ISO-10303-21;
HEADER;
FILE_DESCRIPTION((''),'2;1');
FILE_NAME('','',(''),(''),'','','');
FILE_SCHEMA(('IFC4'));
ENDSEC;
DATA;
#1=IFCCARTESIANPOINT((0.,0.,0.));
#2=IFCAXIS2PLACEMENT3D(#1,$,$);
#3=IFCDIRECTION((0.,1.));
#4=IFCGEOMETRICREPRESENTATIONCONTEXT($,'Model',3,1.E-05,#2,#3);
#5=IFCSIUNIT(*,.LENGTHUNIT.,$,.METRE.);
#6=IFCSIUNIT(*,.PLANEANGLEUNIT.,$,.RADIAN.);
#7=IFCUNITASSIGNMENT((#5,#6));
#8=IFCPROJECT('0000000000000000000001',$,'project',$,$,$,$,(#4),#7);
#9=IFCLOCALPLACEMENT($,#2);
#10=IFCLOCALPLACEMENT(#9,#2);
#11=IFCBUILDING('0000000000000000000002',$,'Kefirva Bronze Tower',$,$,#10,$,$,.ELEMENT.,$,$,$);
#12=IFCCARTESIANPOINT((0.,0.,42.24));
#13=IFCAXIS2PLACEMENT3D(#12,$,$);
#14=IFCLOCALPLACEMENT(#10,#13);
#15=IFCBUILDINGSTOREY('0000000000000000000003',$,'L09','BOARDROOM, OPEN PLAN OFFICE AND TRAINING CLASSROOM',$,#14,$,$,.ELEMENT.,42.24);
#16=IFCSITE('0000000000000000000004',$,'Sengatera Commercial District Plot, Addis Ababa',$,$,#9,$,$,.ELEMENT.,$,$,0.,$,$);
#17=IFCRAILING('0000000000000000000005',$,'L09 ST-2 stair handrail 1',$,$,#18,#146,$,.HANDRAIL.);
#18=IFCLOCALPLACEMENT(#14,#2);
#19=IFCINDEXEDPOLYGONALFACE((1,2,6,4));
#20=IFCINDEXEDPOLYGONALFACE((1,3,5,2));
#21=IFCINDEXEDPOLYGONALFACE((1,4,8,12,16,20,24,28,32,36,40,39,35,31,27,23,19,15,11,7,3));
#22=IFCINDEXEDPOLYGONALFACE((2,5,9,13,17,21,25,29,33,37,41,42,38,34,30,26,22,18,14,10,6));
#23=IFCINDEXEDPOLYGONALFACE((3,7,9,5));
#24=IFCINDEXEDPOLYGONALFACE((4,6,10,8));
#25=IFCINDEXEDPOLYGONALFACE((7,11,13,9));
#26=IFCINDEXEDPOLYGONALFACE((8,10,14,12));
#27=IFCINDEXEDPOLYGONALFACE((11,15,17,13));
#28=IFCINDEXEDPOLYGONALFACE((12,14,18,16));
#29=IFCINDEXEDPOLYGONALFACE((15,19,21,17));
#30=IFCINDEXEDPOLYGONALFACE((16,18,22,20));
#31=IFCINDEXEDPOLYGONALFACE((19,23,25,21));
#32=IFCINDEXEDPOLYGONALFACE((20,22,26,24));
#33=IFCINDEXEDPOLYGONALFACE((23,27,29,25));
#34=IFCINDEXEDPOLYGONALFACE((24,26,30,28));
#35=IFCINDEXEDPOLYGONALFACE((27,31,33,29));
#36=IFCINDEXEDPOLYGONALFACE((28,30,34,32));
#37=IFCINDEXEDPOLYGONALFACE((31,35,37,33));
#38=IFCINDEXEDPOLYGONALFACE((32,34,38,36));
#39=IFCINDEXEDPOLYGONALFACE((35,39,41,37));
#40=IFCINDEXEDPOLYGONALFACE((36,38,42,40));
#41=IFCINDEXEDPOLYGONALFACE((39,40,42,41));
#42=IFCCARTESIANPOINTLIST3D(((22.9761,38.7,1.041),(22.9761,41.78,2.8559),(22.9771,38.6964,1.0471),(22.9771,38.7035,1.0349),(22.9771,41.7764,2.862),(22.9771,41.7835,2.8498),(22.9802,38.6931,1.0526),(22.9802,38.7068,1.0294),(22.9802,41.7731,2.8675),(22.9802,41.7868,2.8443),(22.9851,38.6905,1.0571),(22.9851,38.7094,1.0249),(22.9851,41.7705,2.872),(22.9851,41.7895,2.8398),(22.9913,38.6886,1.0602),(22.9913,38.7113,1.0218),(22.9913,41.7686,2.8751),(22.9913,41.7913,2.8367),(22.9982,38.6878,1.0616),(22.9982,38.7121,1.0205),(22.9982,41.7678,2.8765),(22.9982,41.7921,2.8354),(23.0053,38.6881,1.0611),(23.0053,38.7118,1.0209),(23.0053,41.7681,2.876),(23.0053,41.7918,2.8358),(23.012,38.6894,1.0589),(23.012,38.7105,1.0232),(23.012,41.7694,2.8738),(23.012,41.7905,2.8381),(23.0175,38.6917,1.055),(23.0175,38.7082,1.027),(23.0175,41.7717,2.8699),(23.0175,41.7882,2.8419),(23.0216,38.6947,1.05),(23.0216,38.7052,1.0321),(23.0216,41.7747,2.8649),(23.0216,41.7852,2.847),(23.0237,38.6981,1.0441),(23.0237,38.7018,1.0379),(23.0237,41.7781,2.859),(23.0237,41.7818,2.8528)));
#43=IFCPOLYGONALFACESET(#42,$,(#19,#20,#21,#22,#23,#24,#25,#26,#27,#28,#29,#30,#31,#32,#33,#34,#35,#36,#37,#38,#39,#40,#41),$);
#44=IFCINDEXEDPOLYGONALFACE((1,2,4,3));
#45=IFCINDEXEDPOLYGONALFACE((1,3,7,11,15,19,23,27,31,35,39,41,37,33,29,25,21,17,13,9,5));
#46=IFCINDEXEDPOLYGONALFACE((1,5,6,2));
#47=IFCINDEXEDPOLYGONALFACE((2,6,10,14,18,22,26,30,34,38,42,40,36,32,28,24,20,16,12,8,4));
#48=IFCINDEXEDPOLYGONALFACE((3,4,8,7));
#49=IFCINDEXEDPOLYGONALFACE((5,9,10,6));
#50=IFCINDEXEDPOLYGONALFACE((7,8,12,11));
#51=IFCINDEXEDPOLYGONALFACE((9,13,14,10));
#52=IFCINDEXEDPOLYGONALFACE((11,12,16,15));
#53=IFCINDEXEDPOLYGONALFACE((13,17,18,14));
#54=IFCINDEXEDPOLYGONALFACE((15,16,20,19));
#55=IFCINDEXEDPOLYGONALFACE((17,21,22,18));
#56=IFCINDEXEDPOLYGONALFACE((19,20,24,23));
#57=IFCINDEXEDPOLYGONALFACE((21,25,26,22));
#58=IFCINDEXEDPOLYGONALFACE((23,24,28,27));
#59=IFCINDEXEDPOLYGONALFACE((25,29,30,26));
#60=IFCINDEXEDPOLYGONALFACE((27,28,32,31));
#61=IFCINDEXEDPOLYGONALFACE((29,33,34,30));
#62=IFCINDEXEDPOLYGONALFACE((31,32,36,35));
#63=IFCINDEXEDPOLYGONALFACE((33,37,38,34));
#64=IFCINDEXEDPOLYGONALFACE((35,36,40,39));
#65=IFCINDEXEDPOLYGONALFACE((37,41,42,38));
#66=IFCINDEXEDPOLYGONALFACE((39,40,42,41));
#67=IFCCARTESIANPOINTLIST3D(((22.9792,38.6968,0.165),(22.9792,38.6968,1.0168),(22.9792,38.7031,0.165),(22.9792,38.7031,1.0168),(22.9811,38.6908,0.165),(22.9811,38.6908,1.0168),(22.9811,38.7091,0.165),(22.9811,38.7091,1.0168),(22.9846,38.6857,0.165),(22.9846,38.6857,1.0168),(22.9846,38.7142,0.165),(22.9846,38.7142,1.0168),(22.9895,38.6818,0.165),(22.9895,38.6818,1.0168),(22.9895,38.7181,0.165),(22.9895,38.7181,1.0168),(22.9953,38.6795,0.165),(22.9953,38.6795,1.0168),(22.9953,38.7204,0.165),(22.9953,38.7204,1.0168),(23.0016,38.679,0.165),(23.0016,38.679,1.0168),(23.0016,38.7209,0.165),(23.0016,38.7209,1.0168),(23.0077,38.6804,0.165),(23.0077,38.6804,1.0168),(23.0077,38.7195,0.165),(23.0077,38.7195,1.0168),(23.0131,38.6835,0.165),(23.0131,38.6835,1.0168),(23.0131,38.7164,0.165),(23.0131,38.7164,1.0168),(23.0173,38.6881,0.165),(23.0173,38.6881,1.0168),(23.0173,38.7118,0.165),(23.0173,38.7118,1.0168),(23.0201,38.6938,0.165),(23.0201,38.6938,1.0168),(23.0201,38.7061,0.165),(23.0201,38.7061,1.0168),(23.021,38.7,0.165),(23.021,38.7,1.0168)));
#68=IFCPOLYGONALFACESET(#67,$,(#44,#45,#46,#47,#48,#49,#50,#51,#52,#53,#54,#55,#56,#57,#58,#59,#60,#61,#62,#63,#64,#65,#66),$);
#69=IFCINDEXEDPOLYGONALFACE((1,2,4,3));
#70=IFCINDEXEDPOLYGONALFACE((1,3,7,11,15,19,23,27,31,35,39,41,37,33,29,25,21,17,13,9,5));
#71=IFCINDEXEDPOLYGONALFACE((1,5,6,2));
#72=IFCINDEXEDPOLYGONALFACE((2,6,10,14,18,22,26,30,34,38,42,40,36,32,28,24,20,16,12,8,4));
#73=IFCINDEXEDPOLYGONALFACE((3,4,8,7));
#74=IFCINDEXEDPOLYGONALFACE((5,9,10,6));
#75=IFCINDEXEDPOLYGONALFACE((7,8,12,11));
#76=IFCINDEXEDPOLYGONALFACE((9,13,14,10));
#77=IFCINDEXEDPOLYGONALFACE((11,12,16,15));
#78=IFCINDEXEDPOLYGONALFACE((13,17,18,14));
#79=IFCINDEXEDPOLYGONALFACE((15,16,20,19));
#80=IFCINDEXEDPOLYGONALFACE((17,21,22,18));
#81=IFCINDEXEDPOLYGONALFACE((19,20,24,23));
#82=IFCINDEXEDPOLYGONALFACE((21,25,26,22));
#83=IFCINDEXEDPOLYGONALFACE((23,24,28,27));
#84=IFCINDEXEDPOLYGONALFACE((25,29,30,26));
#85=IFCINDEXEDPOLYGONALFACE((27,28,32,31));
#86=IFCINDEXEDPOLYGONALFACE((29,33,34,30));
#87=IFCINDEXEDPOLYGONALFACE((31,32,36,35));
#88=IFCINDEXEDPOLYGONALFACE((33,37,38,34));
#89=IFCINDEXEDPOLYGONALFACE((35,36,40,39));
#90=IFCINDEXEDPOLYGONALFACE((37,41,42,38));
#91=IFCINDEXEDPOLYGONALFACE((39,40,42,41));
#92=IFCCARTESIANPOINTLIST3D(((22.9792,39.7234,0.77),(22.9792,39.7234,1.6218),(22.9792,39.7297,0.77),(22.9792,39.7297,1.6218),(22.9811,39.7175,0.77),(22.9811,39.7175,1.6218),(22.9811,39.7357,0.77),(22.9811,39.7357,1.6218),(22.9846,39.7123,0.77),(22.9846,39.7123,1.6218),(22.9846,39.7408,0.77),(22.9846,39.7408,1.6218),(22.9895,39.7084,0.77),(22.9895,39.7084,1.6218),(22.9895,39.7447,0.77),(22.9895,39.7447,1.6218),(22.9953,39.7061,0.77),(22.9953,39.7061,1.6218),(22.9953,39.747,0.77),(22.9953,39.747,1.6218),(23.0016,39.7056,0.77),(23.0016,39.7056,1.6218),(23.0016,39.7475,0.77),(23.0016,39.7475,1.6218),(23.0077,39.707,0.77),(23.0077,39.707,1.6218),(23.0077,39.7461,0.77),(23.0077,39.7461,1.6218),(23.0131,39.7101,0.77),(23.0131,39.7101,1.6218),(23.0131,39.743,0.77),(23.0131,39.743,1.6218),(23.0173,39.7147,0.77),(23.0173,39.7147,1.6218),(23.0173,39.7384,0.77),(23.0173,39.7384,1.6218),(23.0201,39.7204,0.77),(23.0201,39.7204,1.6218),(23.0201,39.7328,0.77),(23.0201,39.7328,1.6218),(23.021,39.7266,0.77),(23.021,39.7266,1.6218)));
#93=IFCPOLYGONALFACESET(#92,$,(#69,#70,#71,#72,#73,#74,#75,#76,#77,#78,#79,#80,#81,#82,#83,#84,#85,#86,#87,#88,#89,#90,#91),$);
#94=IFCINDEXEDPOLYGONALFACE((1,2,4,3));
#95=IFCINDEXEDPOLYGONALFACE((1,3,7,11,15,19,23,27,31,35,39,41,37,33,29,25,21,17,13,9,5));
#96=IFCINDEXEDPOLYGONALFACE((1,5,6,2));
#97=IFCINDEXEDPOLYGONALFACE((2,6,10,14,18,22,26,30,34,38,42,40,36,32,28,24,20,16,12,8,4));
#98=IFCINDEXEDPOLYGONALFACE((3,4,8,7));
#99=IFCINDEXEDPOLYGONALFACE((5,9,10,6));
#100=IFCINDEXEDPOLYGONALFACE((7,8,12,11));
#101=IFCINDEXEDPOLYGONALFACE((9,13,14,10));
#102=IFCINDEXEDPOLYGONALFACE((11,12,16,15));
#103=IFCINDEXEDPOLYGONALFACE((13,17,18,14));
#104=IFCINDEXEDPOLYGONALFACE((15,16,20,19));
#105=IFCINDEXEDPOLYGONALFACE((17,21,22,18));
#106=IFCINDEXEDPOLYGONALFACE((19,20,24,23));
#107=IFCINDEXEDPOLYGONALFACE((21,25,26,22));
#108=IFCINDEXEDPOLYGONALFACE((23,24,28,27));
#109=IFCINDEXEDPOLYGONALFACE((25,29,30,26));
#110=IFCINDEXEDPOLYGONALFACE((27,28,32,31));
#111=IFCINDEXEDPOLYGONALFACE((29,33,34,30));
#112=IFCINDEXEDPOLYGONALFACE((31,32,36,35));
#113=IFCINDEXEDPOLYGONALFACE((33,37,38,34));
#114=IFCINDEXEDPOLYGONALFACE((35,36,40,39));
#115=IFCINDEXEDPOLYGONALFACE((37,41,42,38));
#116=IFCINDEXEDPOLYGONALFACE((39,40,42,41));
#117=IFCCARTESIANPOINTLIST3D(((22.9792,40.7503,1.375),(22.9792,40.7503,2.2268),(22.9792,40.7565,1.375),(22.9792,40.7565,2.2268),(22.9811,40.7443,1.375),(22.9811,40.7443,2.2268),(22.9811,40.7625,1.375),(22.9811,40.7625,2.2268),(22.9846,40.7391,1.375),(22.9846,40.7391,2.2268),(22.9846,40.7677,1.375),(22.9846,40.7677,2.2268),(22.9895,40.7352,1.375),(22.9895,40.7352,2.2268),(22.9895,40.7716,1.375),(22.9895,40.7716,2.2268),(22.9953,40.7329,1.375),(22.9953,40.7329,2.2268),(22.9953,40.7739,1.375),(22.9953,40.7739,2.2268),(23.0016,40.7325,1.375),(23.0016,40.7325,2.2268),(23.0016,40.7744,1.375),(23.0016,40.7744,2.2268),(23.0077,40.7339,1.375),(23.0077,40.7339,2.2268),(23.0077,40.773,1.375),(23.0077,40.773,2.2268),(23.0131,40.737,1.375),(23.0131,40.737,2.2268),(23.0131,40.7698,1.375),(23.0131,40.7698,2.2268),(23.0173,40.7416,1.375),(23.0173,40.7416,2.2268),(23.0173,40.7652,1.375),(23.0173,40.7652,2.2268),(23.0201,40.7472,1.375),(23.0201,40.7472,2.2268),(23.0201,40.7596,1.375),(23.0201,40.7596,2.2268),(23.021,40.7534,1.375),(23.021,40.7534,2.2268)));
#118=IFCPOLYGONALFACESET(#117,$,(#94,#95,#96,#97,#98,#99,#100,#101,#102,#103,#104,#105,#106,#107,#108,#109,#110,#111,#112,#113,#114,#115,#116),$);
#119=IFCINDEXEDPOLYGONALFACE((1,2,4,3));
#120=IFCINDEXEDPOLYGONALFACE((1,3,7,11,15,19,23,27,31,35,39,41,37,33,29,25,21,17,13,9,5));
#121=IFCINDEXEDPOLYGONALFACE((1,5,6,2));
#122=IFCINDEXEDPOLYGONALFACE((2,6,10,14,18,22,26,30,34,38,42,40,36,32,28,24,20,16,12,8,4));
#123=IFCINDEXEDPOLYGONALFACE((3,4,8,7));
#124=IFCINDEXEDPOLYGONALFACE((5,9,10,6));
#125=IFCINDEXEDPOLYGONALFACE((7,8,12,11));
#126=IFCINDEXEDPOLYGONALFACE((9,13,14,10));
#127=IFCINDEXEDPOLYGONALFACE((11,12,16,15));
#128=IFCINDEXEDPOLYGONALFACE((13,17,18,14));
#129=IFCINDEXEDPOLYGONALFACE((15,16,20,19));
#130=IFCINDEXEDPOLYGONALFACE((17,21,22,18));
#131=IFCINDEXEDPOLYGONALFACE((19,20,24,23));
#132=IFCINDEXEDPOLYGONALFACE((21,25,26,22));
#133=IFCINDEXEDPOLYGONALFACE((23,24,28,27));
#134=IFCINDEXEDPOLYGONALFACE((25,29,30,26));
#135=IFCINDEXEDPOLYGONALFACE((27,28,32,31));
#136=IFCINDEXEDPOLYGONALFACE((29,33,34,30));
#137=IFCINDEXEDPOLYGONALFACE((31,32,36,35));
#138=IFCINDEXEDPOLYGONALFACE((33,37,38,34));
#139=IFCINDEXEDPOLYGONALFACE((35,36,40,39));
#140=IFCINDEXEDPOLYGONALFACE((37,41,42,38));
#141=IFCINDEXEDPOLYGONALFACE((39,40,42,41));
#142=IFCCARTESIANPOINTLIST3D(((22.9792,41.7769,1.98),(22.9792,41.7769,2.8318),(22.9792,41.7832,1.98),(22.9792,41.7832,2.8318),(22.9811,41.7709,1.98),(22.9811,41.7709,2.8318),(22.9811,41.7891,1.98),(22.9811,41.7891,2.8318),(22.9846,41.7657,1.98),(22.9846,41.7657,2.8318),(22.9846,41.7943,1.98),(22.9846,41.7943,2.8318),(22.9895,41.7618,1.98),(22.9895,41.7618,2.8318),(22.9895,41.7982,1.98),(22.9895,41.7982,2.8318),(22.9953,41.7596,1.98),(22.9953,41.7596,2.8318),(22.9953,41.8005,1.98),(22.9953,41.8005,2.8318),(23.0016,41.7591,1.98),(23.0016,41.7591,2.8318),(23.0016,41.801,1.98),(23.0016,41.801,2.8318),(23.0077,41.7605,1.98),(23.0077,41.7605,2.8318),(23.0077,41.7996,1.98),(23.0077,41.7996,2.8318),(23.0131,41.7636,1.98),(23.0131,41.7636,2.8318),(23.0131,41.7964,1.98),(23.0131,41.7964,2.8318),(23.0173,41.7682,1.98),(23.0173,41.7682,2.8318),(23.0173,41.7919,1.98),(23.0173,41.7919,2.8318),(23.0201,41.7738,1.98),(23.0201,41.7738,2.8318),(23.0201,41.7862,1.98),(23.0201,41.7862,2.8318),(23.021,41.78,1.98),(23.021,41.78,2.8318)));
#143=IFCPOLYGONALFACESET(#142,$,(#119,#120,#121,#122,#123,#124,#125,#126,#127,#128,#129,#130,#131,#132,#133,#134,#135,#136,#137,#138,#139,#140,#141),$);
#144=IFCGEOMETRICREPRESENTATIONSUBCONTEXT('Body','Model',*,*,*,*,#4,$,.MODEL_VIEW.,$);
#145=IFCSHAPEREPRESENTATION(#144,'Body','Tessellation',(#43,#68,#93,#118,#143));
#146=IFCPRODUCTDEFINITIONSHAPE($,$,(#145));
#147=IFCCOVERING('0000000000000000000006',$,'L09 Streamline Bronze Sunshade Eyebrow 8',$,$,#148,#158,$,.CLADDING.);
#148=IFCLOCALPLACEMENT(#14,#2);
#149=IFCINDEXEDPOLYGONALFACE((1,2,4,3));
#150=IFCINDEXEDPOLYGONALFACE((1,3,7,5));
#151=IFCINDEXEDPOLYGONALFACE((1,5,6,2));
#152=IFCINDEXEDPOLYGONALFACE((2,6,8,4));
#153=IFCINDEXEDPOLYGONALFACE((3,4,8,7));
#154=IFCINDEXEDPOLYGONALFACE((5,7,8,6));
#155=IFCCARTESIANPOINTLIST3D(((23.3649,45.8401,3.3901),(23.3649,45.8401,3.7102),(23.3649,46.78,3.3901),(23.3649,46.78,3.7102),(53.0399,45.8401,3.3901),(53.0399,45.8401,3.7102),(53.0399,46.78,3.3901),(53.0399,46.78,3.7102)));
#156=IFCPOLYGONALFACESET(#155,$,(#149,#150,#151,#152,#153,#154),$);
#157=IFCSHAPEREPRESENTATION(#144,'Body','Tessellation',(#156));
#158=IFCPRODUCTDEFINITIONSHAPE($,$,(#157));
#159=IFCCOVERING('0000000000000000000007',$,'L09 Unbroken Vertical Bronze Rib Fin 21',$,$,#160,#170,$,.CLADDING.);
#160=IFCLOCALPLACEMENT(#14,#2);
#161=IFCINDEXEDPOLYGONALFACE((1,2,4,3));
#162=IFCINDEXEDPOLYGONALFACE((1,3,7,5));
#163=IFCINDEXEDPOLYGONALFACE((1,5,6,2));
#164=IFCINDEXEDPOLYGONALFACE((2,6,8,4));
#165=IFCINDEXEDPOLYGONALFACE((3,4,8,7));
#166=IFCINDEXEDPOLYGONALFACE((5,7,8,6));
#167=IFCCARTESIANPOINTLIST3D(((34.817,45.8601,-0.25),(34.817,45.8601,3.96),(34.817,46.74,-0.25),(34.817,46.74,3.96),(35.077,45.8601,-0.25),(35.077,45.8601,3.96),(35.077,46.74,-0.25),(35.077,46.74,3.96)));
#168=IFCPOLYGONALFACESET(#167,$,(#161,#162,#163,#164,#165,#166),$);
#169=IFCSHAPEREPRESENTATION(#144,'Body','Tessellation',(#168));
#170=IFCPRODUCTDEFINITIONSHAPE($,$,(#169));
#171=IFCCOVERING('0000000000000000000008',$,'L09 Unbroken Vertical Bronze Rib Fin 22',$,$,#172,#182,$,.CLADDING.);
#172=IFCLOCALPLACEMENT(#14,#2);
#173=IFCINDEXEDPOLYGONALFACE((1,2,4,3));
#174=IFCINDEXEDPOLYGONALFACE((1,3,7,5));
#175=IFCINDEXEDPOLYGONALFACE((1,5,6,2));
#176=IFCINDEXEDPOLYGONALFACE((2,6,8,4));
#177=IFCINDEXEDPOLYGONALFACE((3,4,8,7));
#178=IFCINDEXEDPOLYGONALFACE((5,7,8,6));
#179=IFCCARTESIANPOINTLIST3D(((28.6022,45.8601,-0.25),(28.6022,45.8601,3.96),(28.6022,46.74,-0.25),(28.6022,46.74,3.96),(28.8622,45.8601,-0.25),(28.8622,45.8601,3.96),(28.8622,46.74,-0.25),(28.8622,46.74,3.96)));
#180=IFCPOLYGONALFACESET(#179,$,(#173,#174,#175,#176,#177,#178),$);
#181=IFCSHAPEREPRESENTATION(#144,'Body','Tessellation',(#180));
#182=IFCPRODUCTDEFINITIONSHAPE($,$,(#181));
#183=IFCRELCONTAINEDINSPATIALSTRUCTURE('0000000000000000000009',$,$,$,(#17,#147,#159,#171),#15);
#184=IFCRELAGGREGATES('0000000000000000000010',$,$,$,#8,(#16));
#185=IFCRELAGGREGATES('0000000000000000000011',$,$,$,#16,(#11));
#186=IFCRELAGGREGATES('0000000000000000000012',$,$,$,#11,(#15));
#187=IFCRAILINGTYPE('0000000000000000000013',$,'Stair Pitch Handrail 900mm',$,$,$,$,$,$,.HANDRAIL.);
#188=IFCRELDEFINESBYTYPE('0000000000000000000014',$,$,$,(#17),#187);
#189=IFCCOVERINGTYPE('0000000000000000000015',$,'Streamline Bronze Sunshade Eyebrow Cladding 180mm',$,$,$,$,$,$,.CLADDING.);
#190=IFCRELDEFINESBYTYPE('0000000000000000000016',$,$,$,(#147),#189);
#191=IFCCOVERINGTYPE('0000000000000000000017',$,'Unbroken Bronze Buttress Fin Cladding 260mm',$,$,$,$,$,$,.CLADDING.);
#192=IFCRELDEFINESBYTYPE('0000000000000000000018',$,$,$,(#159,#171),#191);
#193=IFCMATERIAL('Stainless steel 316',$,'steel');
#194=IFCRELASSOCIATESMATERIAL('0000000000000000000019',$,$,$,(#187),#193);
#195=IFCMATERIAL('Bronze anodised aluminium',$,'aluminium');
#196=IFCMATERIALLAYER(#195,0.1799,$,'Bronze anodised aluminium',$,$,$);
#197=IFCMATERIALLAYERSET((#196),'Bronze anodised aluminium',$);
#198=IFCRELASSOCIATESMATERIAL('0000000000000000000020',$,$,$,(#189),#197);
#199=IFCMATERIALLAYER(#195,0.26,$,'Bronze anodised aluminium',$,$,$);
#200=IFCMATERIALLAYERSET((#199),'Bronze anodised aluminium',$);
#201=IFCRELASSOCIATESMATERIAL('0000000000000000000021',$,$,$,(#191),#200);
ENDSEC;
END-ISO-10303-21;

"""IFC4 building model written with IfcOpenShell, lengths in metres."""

from ifc_helpers import new_model, si_unit, direction, frame, origin, origin_2d, place, context, subcontext, project, spatial, rectangle, circle, extrude, material, layer, layer_set, type_object, element, save


model = new_model("IFC4")

# Units and contexts
model_context = context("Model", 3, precision=1e-05, world=origin(), true_north=direction((0.0, 1.0)))
body_context = subcontext(model_context, "Body", "Model", "MODEL_VIEW")
ifc_project = project(units=[si_unit("LENGTHUNIT", "METRE"), si_unit("PLANEANGLEUNIT", "RADIAN")], contexts=[model_context])

# Site, building, storey
site_placement = place(None, origin())
site = spatial("IfcSite", under=ifc_project, at=site_placement, Name="Sengatera Commercial District Plot, Addis Ababa", CompositionType="ELEMENT", RefElevation=0.0)
building_placement = place(site_placement, origin())
building = spatial("IfcBuilding", under=site, at=building_placement, Name="Kefirva Bronze Tower", CompositionType="ELEMENT")
storey_placement = place(building_placement, frame((0.0, 0.0, 42.24)))
storey = spatial("IfcBuildingStorey", under=building, at=storey_placement, Name="L09", Description="BOARDROOM, OPEN PLAN OFFICE AND TRAINING CLASSROOM", CompositionType="ELEMENT", Elevation=42.24)

# Shared definitions
ifc_material_1 = material(Name="Bronze anodised aluminium", Category="aluminium")

# Railing
ifc_material_2 = material(Name="Stainless steel 316", Category="steel")
railing_type_1 = type_object("IfcRailingType", Name="Stair Pitch Handrail 900mm", PredefinedType="HANDRAIL", material=ifc_material_2)
railing_1_placement = place(storey_placement, frame((23.0, 38.7, 0.165)))
element("IfcRailing", 1, at=railing_1_placement, inside=storey, type_object=railing_type_1, Name="L09 ST-2 stair handrail 1", PredefinedType="HANDRAIL", context=body_context, shape_type="SweptSolid", body=[
    extrude(circle(Radius=0.0239, at=origin_2d()), frame((0.0, 0.0, 0.876), z_axis=(0.0, 0.861551, 0.507671), x_axis=(-1.0, 0.0, 0.0)), (0.0, 0.0, 1.0), 3.575),
    extrude(circle(Radius=0.021, at=origin_2d()), origin(), (0.0, 0.0, 1.0), 0.8518),
    extrude(circle(Radius=0.021, at=origin_2d()), frame((0.0, 1.0266, 0.605)), (0.0, 0.0, 1.0), 0.8518),
    extrude(circle(Radius=0.021, at=origin_2d()), frame((0.0, 2.0535, 1.21)), (0.0, 0.0, 1.0), 0.8518),
    extrude(circle(Radius=0.021, at=origin_2d()), frame((0.0, 3.0801, 1.8149)), (0.0, 0.0, 1.0), 0.8518),
])

# Coverings
ifc_layer_1 = layer(ifc_material_1, 0.1799, Name="Bronze anodised aluminium")
ifc_layer_set_1 = layer_set([ifc_layer_1], Name="Bronze anodised aluminium")
covering_type_1 = type_object("IfcCoveringType", Name="Streamline Bronze Sunshade Eyebrow Cladding 180mm", PredefinedType="CLADDING", material=ifc_layer_set_1)
covering_1_placement = place(storey_placement, frame((38.2024, 46.3101, 3.3901), z_axis=(0.0, 0.0, 1.0), x_axis=(-1.0, 0.0, 0.0)))
element("IfcCovering", 2, at=covering_1_placement, inside=storey, type_object=covering_type_1, Name="L09 Streamline Bronze Sunshade Eyebrow 8", PredefinedType="CLADDING", context=body_context, shape_type="SweptSolid", body=[
    extrude(rectangle(XDim=29.675, YDim=0.9399, at=origin_2d()), origin(), (0.0, 0.0, 1.0), 0.3201),
])
ifc_layer_2 = layer(ifc_material_1, 0.26, Name="Bronze anodised aluminium")
ifc_layer_set_2 = layer_set([ifc_layer_2], Name="Bronze anodised aluminium")
covering_type_2 = type_object("IfcCoveringType", Name="Unbroken Bronze Buttress Fin Cladding 260mm", PredefinedType="CLADDING", material=ifc_layer_set_2)
for number, where, z_axis, x_axis, name in (
    (3, (34.947, 46.3, -0.25), (0.0, 0.0, 1.0), (-1.0, 0.0, 0.0), "L09 Unbroken Vertical Bronze Rib Fin 21"),
    (4, (28.7322, 46.3, -0.25), (0.0, 0.0, 1.0), (-1.0, 0.0, 0.0), "L09 Unbroken Vertical Bronze Rib Fin 22"),
):
    element("IfcCovering", number, at=place(storey_placement, frame(where, z_axis=z_axis, x_axis=x_axis)), inside=storey, type_object=covering_type_2, Name=name, PredefinedType="CLADDING", context=body_context, shape_type="SweptSolid", body=[
        extrude(rectangle(XDim=0.26, YDim=0.8799, at=origin_2d()), origin(), (0.0, 0.0, 1.0), 4.21),
    ])

save(model, "model.ifc")
